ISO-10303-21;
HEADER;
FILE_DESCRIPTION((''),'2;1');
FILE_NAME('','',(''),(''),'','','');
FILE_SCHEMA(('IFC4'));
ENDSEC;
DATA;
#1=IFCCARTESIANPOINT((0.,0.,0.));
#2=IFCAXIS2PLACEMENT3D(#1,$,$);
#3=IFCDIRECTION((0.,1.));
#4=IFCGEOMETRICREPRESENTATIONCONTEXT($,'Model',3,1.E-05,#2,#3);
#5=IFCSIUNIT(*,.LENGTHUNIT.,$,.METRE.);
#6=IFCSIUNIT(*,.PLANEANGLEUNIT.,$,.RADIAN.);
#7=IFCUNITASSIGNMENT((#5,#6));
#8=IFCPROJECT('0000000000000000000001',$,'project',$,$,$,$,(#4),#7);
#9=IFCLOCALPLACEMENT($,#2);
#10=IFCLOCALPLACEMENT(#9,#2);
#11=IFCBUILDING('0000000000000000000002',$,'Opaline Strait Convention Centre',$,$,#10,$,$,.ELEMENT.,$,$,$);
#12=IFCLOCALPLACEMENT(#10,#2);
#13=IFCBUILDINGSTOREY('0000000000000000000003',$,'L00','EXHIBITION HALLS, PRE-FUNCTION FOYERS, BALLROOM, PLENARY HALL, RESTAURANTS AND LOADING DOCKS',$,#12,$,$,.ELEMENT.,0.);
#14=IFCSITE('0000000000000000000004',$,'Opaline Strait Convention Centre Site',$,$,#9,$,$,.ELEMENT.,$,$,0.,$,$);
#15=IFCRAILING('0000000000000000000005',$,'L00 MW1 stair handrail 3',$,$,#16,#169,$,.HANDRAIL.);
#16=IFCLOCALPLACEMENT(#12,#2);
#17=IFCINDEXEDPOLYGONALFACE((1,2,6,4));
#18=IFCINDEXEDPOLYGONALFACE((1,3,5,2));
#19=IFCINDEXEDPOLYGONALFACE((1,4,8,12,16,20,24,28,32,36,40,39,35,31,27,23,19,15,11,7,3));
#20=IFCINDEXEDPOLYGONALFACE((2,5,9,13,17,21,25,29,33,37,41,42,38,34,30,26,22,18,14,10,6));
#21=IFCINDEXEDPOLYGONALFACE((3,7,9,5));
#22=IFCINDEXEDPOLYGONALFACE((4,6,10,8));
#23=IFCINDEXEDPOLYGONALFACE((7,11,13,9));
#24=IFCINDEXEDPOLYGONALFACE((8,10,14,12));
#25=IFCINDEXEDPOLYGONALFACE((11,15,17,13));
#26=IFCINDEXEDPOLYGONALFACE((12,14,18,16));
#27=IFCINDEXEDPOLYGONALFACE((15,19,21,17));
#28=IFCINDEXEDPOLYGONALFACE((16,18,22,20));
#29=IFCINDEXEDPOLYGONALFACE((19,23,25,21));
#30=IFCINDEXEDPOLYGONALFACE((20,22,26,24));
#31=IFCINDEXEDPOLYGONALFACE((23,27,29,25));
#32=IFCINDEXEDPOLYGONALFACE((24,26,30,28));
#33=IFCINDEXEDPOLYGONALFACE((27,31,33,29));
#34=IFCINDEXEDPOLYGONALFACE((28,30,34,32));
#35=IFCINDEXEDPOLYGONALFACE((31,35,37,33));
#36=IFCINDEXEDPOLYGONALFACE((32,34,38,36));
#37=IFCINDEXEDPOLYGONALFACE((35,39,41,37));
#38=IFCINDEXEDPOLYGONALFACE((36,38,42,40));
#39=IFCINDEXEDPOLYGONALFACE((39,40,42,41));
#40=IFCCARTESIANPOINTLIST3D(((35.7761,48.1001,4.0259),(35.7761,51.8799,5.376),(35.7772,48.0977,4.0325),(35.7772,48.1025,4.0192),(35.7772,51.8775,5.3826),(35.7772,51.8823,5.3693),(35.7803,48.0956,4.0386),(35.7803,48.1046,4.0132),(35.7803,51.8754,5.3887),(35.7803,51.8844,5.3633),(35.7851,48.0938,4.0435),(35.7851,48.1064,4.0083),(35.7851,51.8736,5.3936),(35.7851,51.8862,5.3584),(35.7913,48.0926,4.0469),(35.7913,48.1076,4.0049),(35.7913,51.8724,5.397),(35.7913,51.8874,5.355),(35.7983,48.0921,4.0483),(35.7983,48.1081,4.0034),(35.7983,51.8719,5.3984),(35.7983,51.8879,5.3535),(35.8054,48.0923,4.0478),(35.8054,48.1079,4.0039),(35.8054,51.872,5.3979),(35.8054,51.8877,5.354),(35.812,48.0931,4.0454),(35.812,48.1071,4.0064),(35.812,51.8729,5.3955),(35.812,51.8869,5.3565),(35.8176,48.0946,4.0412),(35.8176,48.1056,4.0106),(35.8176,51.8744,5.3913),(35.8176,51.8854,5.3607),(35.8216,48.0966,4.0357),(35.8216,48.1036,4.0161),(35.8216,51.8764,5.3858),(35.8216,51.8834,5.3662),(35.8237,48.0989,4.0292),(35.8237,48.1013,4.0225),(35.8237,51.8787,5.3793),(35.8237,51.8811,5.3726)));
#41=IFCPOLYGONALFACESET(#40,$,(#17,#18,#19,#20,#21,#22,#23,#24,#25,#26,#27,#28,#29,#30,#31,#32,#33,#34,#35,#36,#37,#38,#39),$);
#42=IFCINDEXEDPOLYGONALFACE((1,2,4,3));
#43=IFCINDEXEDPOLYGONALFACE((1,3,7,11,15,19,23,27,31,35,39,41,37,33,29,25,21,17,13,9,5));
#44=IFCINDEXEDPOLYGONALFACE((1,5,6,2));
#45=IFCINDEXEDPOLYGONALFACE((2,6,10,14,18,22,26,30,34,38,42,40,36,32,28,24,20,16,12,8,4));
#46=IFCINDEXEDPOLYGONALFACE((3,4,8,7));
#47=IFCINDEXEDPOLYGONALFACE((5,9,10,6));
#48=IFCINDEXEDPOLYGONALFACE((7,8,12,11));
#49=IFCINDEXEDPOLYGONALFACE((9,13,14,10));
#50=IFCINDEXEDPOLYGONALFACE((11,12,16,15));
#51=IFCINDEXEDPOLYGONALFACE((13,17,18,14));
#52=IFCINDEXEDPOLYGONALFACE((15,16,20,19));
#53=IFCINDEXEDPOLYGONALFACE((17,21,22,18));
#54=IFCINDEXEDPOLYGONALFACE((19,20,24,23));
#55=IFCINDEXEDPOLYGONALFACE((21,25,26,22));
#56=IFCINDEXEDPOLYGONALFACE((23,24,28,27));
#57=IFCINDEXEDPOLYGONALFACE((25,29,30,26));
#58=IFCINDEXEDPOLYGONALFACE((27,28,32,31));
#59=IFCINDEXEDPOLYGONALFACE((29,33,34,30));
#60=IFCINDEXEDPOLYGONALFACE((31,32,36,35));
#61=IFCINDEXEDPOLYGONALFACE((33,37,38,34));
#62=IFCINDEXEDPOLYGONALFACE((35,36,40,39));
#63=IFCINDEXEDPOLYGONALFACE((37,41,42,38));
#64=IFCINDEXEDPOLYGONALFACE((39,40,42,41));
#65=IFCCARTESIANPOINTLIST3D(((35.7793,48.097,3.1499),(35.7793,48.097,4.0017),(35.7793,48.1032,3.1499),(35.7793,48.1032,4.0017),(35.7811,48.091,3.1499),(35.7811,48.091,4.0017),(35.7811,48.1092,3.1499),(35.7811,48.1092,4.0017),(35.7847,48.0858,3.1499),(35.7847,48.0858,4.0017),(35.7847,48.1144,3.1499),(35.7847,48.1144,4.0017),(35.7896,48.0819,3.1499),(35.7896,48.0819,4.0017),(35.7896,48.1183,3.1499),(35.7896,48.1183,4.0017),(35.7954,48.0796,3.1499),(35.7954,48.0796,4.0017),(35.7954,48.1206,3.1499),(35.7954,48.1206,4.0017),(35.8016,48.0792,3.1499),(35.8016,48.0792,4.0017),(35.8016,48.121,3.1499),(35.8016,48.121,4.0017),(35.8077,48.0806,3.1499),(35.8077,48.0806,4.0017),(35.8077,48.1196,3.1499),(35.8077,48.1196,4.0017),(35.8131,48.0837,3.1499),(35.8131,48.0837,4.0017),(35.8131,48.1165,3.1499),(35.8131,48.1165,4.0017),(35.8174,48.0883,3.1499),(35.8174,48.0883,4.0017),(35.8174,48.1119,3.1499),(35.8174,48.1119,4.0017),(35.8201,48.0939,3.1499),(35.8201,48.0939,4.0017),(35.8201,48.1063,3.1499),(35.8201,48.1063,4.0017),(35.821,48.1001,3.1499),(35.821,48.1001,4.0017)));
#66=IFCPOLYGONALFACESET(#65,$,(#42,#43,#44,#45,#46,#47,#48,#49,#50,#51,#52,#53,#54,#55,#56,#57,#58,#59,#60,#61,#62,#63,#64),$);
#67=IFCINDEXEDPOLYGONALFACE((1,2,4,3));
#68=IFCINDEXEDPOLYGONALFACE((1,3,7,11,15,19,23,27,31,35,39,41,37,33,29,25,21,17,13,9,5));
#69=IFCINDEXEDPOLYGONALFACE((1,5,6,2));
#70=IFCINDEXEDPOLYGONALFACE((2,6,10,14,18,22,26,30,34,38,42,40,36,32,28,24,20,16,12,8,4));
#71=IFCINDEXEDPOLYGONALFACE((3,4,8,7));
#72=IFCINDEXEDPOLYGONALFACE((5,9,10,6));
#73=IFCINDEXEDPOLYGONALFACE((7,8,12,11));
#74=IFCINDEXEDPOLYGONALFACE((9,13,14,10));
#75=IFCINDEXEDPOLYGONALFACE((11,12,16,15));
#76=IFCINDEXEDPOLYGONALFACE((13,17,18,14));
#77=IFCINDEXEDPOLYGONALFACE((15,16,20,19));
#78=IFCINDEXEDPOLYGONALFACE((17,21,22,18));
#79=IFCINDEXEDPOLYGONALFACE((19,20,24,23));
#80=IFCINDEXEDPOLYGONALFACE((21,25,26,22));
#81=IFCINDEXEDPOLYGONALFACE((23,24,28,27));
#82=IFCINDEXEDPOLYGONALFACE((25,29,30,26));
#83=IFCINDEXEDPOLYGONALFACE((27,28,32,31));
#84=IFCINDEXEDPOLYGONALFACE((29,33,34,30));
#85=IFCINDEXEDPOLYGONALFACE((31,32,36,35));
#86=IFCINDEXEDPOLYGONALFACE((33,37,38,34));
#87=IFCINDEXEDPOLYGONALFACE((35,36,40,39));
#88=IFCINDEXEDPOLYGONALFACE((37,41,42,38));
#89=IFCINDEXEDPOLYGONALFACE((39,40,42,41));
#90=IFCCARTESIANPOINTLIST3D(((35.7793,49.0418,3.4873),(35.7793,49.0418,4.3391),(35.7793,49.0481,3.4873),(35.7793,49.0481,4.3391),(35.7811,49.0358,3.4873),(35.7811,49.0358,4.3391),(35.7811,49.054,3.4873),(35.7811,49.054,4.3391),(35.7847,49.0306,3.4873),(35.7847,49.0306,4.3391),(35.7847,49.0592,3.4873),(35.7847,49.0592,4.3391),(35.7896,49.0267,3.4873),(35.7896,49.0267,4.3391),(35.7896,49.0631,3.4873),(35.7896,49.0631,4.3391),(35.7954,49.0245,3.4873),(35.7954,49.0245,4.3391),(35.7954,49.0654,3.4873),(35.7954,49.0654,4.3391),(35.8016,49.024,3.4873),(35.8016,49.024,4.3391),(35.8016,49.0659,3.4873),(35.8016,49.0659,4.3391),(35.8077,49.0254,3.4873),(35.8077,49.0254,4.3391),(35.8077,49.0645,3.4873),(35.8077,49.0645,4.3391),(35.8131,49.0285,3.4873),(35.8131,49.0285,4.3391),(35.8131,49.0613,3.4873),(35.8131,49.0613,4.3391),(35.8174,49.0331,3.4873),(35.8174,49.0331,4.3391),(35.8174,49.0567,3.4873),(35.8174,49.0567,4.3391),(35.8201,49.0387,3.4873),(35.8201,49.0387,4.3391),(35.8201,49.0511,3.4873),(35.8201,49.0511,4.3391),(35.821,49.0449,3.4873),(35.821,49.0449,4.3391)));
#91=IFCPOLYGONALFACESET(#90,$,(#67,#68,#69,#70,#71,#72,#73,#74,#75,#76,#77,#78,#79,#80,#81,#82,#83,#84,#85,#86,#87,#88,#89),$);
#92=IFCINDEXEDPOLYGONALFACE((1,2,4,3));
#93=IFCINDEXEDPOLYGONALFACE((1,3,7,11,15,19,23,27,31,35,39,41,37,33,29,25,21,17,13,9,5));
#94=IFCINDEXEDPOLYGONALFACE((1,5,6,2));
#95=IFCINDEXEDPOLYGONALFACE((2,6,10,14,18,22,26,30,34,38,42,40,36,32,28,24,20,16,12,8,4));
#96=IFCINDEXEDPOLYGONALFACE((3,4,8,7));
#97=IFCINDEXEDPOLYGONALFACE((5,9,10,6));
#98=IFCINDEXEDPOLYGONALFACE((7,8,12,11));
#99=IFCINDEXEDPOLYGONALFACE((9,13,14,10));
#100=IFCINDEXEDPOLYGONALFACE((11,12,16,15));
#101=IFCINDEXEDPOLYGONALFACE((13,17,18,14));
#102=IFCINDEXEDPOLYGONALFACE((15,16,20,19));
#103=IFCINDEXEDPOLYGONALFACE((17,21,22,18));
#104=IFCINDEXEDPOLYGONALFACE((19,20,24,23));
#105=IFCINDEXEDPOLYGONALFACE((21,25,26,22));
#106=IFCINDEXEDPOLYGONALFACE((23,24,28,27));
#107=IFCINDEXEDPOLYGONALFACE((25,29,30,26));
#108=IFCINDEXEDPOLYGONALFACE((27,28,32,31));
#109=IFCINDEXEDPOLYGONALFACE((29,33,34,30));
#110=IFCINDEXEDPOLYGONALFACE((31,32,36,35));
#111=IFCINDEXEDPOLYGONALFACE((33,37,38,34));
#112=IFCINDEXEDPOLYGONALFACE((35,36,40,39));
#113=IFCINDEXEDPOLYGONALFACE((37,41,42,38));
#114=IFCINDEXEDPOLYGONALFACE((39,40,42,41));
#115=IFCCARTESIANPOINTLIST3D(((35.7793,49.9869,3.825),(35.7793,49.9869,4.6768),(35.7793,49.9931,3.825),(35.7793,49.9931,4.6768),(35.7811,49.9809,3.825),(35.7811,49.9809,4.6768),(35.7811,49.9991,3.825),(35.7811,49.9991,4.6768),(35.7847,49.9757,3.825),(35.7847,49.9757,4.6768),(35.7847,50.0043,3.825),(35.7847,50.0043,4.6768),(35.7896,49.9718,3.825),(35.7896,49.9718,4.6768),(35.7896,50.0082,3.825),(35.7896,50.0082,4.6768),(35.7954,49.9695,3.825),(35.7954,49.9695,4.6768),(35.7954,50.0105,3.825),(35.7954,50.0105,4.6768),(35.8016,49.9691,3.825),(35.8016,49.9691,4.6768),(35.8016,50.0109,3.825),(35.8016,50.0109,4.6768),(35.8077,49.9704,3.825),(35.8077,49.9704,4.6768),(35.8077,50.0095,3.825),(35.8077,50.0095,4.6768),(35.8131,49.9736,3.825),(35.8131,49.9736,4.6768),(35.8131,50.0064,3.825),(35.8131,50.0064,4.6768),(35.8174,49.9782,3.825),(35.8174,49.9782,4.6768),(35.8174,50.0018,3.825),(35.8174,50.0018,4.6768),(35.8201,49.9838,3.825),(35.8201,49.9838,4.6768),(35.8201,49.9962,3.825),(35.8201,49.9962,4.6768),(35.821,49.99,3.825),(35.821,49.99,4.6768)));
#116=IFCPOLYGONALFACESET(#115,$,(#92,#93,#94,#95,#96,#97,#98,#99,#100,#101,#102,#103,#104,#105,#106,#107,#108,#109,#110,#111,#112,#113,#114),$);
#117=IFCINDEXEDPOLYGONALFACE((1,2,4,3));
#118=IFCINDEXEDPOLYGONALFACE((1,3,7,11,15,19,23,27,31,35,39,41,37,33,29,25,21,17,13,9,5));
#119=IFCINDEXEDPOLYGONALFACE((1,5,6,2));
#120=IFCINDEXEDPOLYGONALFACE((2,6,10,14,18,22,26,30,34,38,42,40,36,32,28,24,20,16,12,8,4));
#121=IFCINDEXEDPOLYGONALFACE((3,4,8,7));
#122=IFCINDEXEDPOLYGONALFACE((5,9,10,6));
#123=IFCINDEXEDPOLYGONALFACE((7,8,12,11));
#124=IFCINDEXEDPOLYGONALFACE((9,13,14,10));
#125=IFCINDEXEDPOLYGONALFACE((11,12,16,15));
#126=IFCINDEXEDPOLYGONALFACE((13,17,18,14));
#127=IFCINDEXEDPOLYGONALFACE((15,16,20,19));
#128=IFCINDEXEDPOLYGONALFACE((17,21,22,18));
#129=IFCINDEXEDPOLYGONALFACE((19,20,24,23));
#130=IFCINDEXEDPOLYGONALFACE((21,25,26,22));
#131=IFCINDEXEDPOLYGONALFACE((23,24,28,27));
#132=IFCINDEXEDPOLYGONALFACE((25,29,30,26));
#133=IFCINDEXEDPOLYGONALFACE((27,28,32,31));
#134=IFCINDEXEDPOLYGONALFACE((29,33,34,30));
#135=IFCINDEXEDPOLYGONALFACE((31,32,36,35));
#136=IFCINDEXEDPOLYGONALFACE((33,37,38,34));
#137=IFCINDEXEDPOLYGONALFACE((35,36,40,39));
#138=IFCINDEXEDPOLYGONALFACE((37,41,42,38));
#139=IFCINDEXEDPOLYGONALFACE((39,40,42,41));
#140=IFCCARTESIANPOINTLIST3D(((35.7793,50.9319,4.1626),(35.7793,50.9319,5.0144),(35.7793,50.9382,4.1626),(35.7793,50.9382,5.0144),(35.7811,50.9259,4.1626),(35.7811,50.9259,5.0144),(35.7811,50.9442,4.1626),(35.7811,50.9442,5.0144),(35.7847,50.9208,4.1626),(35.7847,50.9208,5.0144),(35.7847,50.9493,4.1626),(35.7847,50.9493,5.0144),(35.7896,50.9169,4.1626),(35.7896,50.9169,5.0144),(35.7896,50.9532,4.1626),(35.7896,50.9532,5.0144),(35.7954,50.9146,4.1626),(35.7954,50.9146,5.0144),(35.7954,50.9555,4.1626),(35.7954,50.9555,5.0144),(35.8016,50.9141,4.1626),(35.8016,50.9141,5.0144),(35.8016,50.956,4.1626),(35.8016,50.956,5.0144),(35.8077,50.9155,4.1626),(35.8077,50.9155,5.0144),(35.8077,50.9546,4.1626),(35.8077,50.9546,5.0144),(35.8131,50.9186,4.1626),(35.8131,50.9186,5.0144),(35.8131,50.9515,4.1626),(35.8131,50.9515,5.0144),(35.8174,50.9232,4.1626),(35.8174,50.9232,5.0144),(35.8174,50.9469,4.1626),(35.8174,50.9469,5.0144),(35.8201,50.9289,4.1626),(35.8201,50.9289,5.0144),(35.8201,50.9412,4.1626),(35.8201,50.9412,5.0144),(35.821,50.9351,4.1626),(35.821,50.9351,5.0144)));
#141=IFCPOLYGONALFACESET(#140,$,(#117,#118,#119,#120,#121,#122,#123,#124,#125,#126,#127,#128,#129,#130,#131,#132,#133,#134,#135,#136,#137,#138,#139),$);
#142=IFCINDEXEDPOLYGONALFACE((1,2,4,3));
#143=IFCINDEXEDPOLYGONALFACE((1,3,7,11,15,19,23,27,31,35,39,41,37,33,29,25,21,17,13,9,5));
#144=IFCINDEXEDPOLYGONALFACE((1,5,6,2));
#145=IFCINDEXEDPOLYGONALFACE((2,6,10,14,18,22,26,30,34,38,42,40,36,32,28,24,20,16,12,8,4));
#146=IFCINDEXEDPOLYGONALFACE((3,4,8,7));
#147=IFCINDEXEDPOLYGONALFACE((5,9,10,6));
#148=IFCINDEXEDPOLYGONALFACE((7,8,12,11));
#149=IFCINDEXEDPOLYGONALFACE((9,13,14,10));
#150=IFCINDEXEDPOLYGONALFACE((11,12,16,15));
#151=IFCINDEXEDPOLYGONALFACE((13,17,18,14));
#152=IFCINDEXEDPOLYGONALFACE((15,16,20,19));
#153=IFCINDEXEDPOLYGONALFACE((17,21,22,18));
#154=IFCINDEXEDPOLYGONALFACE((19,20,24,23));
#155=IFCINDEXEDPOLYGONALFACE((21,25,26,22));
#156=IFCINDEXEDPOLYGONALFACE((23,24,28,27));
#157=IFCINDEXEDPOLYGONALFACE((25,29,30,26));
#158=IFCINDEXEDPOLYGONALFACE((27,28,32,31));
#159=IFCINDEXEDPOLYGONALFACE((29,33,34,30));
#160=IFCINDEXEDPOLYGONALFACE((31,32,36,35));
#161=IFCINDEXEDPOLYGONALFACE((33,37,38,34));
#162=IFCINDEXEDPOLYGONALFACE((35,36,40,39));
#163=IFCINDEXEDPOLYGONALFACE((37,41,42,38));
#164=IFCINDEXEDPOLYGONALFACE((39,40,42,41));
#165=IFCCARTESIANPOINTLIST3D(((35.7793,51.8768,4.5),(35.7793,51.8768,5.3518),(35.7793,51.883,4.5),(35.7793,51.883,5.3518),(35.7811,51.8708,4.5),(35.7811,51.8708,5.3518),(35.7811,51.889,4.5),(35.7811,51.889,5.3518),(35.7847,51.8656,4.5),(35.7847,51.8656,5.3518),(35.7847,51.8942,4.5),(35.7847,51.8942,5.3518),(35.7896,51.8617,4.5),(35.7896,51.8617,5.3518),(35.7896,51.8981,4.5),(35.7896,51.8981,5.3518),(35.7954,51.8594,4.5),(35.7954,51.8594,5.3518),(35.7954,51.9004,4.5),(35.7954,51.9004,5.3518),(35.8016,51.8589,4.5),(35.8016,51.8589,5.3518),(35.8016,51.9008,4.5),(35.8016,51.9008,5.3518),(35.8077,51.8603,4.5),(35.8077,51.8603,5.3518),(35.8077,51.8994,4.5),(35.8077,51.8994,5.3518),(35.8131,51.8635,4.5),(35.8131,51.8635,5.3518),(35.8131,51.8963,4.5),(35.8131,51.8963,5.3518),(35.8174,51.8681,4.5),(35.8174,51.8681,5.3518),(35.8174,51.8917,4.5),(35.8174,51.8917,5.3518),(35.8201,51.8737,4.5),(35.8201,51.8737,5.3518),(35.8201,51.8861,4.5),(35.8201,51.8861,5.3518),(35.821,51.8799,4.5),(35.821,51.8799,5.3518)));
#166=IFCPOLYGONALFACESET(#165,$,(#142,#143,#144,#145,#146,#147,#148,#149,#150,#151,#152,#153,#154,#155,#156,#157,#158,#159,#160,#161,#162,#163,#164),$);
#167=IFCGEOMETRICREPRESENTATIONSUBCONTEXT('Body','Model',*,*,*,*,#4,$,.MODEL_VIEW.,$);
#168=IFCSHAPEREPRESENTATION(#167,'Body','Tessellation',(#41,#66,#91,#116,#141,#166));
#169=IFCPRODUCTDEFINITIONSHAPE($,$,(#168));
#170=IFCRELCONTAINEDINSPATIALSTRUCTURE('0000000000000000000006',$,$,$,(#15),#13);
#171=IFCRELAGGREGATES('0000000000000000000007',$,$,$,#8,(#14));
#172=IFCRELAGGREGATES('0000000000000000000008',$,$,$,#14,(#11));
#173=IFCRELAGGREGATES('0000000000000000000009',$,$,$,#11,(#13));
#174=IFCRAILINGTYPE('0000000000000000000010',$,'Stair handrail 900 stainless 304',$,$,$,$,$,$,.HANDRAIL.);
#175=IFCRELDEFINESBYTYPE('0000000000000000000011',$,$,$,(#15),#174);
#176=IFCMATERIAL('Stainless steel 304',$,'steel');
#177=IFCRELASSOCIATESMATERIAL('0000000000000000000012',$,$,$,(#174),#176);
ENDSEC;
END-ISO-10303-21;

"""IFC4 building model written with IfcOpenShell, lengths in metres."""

from ifc_helpers import new_model, si_unit, direction, frame, origin, origin_2d, place, context, subcontext, project, spatial, circle, extrude, material, type_object, element, save


model = new_model("IFC4")

# Units and contexts
model_context = context("Model", 3, precision=1e-05, world=origin(), true_north=direction((0.0, 1.0)))
body_context = subcontext(model_context, "Body", "Model", "MODEL_VIEW")
ifc_project = project(units=[si_unit("LENGTHUNIT", "METRE"), si_unit("PLANEANGLEUNIT", "RADIAN")], contexts=[model_context])

# Site, building, storey
site_placement = place(None, origin())
site = spatial("IfcSite", under=ifc_project, at=site_placement, Name="Opaline Strait Convention Centre Site", CompositionType="ELEMENT", RefElevation=0.0)
building_placement = place(site_placement, origin())
building = spatial("IfcBuilding", under=site, at=building_placement, Name="Opaline Strait Convention Centre", CompositionType="ELEMENT")
storey_placement = place(building_placement, origin())
storey = spatial("IfcBuildingStorey", under=building, at=storey_placement, Name="L00", Description="EXHIBITION HALLS, PRE-FUNCTION FOYERS, BALLROOM, PLENARY HALL, RESTAURANTS AND LOADING DOCKS", CompositionType="ELEMENT", Elevation=0.0)

# Railing
ifc_material_1 = material(Name="Stainless steel 304", Category="steel")
railing_type = type_object("IfcRailingType", Name="Stair handrail 900 stainless 304", PredefinedType="HANDRAIL", material=ifc_material_1)
for number, where, name in (
    (1, (35.8, 48.1001, 3.1499), "L00 MW1 stair handrail 3"),
):
    element("IfcRailing", number, at=place(storey_placement, frame(where)), inside=storey, type_object=railing_type, Name=name, PredefinedType="HANDRAIL", context=body_context, shape_type="SweptSolid", body=[
        extrude(circle(Radius=0.0239, at=origin_2d()), frame((0.0, 0.0, 0.876), z_axis=(0.0, 0.941728, 0.336375), x_axis=(-1.0, 0.0, 0.0)), (0.0, 0.0, 1.0), 4.0137),
        extrude(circle(Radius=0.021, at=origin_2d()), origin(), (0.0, 0.0, 1.0), 0.8518),
        extrude(circle(Radius=0.021, at=origin_2d()), frame((0.0, 0.9448, 0.3374)), (0.0, 0.0, 1.0), 0.8518),
        extrude(circle(Radius=0.021, at=origin_2d()), frame((0.0, 1.8899, 0.675)), (0.0, 0.0, 1.0), 0.8518),
        extrude(circle(Radius=0.021, at=origin_2d()), frame((0.0, 2.835, 1.0127)), (0.0, 0.0, 1.0), 0.8518),
        extrude(circle(Radius=0.021, at=origin_2d()), frame((0.0, 3.7798, 1.3501)), (0.0, 0.0, 1.0), 0.8518),
    ])

save(model, "model.ifc")
